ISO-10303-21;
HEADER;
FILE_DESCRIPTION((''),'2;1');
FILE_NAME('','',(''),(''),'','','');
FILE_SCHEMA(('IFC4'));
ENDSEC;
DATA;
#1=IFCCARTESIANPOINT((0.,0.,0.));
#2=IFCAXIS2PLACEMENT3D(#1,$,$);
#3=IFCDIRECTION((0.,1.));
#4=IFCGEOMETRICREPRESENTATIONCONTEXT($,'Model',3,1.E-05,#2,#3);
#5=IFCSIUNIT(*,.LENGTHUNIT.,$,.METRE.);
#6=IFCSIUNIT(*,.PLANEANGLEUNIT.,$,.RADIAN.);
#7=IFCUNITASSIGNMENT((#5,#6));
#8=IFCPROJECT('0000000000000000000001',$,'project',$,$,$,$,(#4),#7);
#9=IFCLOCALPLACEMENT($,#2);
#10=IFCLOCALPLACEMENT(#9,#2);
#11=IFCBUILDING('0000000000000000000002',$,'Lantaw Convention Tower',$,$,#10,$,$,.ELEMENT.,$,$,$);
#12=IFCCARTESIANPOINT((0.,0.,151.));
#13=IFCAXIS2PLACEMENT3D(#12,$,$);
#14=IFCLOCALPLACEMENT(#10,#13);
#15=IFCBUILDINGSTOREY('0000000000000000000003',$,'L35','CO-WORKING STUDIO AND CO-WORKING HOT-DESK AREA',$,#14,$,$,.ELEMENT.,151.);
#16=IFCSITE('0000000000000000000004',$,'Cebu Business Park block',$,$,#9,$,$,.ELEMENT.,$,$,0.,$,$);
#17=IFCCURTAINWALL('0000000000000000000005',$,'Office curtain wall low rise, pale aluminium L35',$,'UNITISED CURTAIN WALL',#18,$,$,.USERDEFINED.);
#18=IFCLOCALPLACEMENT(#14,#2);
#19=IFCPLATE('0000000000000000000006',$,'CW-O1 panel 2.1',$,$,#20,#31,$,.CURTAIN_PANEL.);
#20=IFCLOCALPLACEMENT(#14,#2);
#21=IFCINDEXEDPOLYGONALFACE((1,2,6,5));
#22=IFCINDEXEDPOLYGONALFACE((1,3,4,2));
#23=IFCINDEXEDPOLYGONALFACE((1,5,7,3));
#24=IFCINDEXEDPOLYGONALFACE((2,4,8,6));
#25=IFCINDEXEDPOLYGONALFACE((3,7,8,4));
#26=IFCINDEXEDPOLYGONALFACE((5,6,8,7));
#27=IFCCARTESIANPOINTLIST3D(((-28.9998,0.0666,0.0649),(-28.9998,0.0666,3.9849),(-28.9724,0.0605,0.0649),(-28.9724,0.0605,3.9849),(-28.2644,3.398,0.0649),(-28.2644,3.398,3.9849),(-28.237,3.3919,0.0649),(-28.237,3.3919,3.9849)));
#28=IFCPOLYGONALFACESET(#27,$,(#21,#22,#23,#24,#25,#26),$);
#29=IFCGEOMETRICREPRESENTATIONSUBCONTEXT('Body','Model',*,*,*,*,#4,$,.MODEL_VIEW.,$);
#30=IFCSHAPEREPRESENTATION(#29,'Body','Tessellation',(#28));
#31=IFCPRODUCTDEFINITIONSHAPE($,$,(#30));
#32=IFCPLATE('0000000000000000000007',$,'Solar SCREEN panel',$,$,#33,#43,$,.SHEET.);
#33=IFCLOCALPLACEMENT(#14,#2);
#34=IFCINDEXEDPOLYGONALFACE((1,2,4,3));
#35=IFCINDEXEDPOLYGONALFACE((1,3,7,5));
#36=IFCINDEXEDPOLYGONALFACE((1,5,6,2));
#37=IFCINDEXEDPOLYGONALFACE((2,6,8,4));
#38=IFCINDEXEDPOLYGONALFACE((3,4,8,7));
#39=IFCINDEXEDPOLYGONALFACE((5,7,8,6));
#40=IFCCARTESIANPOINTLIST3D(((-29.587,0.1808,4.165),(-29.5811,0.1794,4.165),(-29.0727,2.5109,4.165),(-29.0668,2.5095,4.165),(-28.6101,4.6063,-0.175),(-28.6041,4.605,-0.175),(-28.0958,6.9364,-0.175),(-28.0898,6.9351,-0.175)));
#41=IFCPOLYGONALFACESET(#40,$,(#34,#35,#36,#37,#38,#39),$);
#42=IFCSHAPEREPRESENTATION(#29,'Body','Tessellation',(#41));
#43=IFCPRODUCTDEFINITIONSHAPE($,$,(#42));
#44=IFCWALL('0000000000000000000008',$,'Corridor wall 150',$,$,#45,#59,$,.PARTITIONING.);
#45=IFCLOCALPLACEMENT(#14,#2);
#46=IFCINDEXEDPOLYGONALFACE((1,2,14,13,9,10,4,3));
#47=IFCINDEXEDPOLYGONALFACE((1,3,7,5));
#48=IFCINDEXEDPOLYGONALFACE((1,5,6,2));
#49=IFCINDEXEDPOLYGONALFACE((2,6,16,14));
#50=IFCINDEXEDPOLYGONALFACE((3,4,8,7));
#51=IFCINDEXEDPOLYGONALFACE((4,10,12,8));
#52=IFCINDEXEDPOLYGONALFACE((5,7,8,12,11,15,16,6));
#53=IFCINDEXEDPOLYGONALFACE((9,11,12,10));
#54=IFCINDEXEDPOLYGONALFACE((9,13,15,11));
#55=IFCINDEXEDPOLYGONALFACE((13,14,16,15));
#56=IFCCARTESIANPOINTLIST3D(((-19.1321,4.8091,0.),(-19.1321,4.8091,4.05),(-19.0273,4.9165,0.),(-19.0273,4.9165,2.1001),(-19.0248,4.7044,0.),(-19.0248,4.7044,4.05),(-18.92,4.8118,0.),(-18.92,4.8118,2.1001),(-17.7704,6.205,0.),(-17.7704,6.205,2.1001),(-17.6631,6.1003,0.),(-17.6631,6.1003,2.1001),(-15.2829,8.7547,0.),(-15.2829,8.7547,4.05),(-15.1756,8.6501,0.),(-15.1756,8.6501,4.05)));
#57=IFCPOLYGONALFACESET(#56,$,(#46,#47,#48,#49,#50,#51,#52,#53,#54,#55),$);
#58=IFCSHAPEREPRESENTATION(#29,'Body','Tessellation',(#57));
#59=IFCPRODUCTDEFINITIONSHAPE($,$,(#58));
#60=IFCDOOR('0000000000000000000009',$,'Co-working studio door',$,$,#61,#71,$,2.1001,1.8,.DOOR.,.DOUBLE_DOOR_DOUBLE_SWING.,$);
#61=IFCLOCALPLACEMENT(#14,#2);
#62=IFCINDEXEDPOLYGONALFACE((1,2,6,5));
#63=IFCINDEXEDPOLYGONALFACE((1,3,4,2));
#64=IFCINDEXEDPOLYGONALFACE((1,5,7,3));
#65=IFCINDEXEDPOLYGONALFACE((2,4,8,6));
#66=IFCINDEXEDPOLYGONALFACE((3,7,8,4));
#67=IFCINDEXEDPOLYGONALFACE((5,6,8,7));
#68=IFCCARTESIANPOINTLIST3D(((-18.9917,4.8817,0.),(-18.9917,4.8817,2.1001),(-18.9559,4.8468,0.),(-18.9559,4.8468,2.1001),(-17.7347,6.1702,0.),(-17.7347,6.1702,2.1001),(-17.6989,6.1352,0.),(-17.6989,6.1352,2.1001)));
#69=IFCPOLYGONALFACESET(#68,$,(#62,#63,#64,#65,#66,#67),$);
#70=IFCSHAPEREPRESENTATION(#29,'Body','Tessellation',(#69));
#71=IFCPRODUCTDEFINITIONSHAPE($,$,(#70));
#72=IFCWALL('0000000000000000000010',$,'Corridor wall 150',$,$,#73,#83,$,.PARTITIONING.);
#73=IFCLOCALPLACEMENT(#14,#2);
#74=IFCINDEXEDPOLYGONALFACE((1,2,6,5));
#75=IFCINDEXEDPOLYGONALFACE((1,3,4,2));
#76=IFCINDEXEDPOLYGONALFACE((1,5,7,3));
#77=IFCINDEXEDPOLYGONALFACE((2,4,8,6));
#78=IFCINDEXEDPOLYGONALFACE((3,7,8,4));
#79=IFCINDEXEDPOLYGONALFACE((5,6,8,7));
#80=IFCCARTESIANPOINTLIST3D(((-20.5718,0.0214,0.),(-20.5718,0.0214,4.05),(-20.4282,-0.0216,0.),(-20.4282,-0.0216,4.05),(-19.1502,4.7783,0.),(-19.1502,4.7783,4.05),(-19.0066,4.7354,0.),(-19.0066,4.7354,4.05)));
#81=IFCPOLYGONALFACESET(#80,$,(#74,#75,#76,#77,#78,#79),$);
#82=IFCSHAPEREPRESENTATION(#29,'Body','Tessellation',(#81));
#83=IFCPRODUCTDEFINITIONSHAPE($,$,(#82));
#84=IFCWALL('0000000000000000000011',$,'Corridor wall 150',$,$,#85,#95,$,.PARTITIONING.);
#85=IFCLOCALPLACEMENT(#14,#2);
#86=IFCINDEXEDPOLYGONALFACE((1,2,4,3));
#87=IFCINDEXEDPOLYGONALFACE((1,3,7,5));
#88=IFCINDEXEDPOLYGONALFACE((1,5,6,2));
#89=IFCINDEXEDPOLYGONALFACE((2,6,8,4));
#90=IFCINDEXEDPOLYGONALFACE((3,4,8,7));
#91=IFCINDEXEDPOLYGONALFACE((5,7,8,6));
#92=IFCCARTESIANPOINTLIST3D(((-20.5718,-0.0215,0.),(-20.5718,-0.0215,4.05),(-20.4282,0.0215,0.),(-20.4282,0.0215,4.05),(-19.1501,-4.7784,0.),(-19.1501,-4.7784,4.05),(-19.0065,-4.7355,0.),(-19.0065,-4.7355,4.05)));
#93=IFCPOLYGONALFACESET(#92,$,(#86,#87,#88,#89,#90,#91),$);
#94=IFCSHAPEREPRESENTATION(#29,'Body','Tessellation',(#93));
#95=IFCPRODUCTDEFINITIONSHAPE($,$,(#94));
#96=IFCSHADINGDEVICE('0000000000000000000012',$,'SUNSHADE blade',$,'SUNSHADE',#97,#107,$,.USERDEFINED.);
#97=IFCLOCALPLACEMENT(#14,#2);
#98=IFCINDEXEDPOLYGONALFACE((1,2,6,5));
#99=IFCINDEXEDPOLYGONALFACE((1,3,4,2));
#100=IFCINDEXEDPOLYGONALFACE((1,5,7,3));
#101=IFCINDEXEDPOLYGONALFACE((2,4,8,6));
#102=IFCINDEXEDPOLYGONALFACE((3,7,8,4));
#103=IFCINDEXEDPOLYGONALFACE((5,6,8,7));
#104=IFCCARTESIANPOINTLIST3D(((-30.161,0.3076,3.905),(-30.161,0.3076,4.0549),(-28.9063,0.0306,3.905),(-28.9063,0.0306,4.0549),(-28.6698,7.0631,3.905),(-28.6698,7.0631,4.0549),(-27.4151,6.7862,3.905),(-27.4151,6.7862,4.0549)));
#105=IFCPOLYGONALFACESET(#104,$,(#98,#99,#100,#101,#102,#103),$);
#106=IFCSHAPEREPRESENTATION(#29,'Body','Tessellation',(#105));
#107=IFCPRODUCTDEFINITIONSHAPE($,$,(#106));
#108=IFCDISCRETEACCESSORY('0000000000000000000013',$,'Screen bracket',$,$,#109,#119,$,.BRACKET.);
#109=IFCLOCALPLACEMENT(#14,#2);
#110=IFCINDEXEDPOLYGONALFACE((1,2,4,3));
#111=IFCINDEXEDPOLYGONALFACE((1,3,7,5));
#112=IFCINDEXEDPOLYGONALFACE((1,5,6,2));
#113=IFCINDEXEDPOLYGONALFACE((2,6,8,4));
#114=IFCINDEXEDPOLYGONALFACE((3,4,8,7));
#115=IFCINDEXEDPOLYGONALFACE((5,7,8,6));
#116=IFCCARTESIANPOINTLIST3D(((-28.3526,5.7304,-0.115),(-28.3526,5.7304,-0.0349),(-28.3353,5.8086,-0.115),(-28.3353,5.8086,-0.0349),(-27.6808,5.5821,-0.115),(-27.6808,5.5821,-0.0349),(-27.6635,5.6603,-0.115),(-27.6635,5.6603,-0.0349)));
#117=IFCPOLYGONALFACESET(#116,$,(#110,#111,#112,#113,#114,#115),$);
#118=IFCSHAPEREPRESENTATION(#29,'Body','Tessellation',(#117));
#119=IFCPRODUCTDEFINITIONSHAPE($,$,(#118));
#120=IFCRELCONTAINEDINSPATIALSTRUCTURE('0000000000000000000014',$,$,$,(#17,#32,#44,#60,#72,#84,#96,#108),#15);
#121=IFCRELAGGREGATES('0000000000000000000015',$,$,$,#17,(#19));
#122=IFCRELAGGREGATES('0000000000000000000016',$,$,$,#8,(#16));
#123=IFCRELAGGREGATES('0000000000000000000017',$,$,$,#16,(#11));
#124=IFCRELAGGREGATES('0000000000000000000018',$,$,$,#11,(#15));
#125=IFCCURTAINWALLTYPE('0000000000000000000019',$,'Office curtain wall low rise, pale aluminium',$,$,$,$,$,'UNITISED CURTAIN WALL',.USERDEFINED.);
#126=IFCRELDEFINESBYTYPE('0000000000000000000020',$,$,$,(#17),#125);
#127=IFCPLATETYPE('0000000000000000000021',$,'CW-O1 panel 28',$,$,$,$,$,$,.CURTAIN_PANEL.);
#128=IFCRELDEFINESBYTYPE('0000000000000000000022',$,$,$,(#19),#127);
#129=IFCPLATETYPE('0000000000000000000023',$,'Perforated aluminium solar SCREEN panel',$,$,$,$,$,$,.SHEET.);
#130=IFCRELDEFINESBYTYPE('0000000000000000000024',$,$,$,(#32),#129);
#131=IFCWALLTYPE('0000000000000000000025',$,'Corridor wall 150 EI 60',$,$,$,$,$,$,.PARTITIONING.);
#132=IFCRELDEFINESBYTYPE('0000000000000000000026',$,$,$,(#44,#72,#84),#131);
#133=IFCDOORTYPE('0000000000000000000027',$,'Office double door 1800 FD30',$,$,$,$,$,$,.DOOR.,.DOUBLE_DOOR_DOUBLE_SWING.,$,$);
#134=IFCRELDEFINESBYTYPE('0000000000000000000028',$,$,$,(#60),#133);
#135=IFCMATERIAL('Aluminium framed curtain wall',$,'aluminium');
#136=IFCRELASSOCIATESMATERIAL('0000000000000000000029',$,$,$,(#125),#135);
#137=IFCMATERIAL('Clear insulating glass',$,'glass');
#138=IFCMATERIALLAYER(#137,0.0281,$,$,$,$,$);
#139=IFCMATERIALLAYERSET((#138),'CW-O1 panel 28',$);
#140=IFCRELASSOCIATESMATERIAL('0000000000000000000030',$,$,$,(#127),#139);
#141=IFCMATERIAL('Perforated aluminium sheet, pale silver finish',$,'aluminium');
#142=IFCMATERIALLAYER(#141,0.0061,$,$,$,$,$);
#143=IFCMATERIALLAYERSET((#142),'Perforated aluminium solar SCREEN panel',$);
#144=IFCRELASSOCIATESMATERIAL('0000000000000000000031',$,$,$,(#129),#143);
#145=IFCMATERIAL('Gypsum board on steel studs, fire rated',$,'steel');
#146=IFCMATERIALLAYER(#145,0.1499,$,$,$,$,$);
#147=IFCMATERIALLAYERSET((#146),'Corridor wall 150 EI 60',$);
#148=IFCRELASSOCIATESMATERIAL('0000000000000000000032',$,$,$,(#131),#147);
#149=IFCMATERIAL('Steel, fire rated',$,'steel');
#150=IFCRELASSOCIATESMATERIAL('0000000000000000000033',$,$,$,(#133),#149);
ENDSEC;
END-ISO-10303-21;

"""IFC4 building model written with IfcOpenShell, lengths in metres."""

from ifc_helpers import new_model, si_unit, direction, frame, frame_2d, origin, origin_2d, place, context, subcontext, project, spatial, polyline, rectangle, outline, extrude, material, layer, layer_set, type_object, element, fill, aggregate, save


model = new_model("IFC4")

# Units and contexts
model_context = context("Model", 3, precision=1e-05, world=origin(), true_north=direction((0.0, 1.0)))
body_context = subcontext(model_context, "Body", "Model", "MODEL_VIEW")
ifc_project = project(units=[si_unit("LENGTHUNIT", "METRE"), si_unit("PLANEANGLEUNIT", "RADIAN")], contexts=[model_context])

# Site, building, storey
site_placement = place(None, origin())
site = spatial("IfcSite", under=ifc_project, at=site_placement, Name="Cebu Business Park block", CompositionType="ELEMENT", RefElevation=0.0)
building_placement = place(site_placement, origin())
building = spatial("IfcBuilding", under=site, at=building_placement, Name="Lantaw Convention Tower", CompositionType="ELEMENT")
storey_placement = place(building_placement, frame((0.0, 0.0, 151.0)))
storey = spatial("IfcBuildingStorey", under=building, at=storey_placement, Name="L35", Description="CO-WORKING STUDIO AND CO-WORKING HOT-DESK AREA", CompositionType="ELEMENT", Elevation=151.0)

# Shared definitions
ifc_material_1 = material(Name="Aluminium framed curtain wall", Category="aluminium")
curtain_wall_type = type_object("IfcCurtainWallType", Name="Office curtain wall low rise, pale aluminium", ElementType="UNITISED CURTAIN WALL", PredefinedType="USERDEFINED", material=ifc_material_1)

# Curtain wall
curtain_wall_1_placement = place(storey_placement, origin())
curtain_wall_1 = element("IfcCurtainWall", 1, at=curtain_wall_1_placement, inside=storey, type_object=curtain_wall_type, Name="Office curtain wall low rise, pale aluminium L35", ObjectType="UNITISED CURTAIN WALL", PredefinedType="USERDEFINED")

# Plates
ifc_material_2 = material(Name="Clear insulating glass", Category="glass")
ifc_layer_1 = layer(ifc_material_2, 0.0281)
ifc_layer_set_1 = layer_set([ifc_layer_1], Name="CW-O1 panel 28")
plate_type_1 = type_object("IfcPlateType", Name="CW-O1 panel 28", PredefinedType="CURTAIN_PANEL", material=ifc_layer_set_1)
plate_1_placement = place(storey_placement, frame((-28.6184, 1.7292, 0.0649), z_axis=(0.0, 0.0, 1.0), x_axis=(-0.215546, -0.976494, 0.0)))
plate_1 = element("IfcPlate", 2, at=plate_1_placement, type_object=plate_type_1, Name="CW-O1 panel 2.1", PredefinedType="CURTAIN_PANEL", context=body_context, shape_type="SweptSolid", body=[
    extrude(rectangle(XDim=3.4116, YDim=0.0281, at=origin_2d()), origin(), (0.0, 0.0, 1.0), 3.9199),
])
aggregate(curtain_wall_1, [plate_1])
ifc_material_3 = material(Name="Perforated aluminium sheet, pale silver finish", Category="aluminium")
ifc_layer_2 = layer(ifc_material_3, 0.0061)
ifc_layer_set_2 = layer_set([ifc_layer_2], Name="Perforated aluminium solar SCREEN panel")
plate_type_2 = type_object("IfcPlateType", Name="Perforated aluminium solar SCREEN panel", PredefinedType="SHEET", material=ifc_layer_set_2)
plate_2_placement = place(storey_placement, frame((-28.0898, 6.9351, -0.175), z_axis=(0.976498, -0.215527, 0.000033), x_axis=(-0.215527, -0.976498, 0.0)))
element("IfcPlate", 3, at=plate_2_placement, inside=storey, type_object=plate_type_2, Name="Solar SCREEN panel", PredefinedType="SHEET", context=body_context, shape_type="SweptSolid", body=[
    extrude(outline(polyline([(0.0, 0.0), (2.3861, 0.0), (6.9182, -4.3401), (4.5321, -4.3401), (0.0, 0.0)])), origin(), (0.0, 0.0, -1.0), 0.0061),
])

# Wall, opening, door
ifc_material_4 = material(Name="Gypsum board on steel studs, fire rated", Category="steel")
ifc_layer_3 = layer(ifc_material_4, 0.1499)
ifc_layer_set_3 = layer_set([ifc_layer_3], Name="Corridor wall 150 EI 60")
wall_type = type_object("IfcWallType", Name="Corridor wall 150 EI 60", PredefinedType="PARTITIONING", material=ifc_layer_set_3)
wall_placement = place(storey_placement, frame((-15.2292, 8.7024, 0.0), z_axis=(0.0, 0.0, 1.0), x_axis=(-0.698305, -0.7158, 0.0)))
wall = element("IfcWall", 4, at=wall_placement, inside=storey, type_object=wall_type, Name="Corridor wall 150", PredefinedType="PARTITIONING", context=body_context, shape_type="SweptSolid", body=[
    extrude(rectangle(XDim=5.5122, YDim=0.1499, at=frame_2d((2.7561, 0.0))), origin(), (0.0, 0.0, 1.0), 4.05),
])
opening_placement = place(wall_placement, frame((3.5623, 0.0, 0.0)))
opening = element("IfcOpeningElement", 5, at=opening_placement, cuts=wall, PredefinedType="OPENING", context=body_context, shape_type="SweptSolid", body=[
    extrude(rectangle(XDim=1.8, YDim=2.1001, at=frame_2d((0.8999, 1.05))), frame((0.0, 0.085, 0.0), z_axis=(0.0, -1.0, 0.0), x_axis=(1.0, 0.0, 0.0)), (0.0, 0.0, 1.0), 0.1699),
])
ifc_material_5 = material(Name="Steel, fire rated", Category="steel")
door_type = type_object("IfcDoorType", Name="Office double door 1800 FD30", OperationType="DOUBLE_DOOR_DOUBLE_SWING", PredefinedType="DOOR", material=ifc_material_5)
door_placement = place(opening_placement, origin())
door = element("IfcDoor", 6, at=door_placement, inside=storey, type_object=door_type, Name="Co-working studio door", OperationType="DOUBLE_DOOR_DOUBLE_SWING", OverallHeight=2.1001, OverallWidth=1.8, PredefinedType="DOOR", context=body_context, shape_type="SweptSolid", body=[
    extrude(rectangle(XDim=1.8, YDim=2.1001, at=frame_2d((0.8999, 1.05))), frame((0.0, 0.0249, 0.0), z_axis=(0.0, -1.0, 0.0), x_axis=(1.0, 0.0, 0.0)), (0.0, 0.0, 1.0), 0.05),
])
fill(opening, door)

# Walls
for number, where, z_axis, x_axis, name in (
    (7, (-19.0784, 4.7568, 0.0), (0.0, 0.0, 1.0), (-0.286346, -0.958126, 0.0), "Corridor wall 150"),
    (8, (-20.5, 0.0, 0.0), (0.0, 0.0, 1.0), (0.286346, -0.958126, 0.0), "Corridor wall 150"),
):
    element("IfcWall", number, at=place(storey_placement, frame(where, z_axis=z_axis, x_axis=x_axis)), inside=storey, type_object=wall_type, Name=name, PredefinedType="PARTITIONING", context=body_context, shape_type="SweptSolid", body=[
        extrude(rectangle(XDim=4.9648, YDim=0.1499, at=frame_2d((2.4824, 0.0))), origin(), (0.0, 0.0, 1.0), 4.05),
    ])

# Shading device
shading_device_placement = place(storey_placement, frame((-28.7881, 3.5469, 3.905), z_axis=(0.0, 0.0, 1.0), x_axis=(-0.215546, -0.976494, 0.0)))
element("IfcShadingDevice", 9, at=shading_device_placement, inside=storey, Name="SUNSHADE blade", ObjectType="SUNSHADE", PredefinedType="USERDEFINED", context=body_context, shape_type="SweptSolid", body=[
    extrude(rectangle(XDim=6.9182, YDim=1.2849, at=origin_2d()), origin(), (0.0, 0.0, 1.0), 0.1499),
])

# Discrete accessory
discrete_accessory_placement = place(storey_placement, frame((-28.0081, 5.6953, -0.115), z_axis=(0.0, 0.0, 1.0), x_axis=(-0.215546, -0.976494, 0.0)))
element("IfcDiscreteAccessory", 10, at=discrete_accessory_placement, inside=storey, Name="Screen bracket", PredefinedType="BRACKET", context=body_context, shape_type="SweptSolid", body=[
    extrude(rectangle(XDim=0.0801, YDim=0.688, at=origin_2d()), origin(), (0.0, 0.0, 1.0), 0.0801),
])

save(model, "model.ifc")
